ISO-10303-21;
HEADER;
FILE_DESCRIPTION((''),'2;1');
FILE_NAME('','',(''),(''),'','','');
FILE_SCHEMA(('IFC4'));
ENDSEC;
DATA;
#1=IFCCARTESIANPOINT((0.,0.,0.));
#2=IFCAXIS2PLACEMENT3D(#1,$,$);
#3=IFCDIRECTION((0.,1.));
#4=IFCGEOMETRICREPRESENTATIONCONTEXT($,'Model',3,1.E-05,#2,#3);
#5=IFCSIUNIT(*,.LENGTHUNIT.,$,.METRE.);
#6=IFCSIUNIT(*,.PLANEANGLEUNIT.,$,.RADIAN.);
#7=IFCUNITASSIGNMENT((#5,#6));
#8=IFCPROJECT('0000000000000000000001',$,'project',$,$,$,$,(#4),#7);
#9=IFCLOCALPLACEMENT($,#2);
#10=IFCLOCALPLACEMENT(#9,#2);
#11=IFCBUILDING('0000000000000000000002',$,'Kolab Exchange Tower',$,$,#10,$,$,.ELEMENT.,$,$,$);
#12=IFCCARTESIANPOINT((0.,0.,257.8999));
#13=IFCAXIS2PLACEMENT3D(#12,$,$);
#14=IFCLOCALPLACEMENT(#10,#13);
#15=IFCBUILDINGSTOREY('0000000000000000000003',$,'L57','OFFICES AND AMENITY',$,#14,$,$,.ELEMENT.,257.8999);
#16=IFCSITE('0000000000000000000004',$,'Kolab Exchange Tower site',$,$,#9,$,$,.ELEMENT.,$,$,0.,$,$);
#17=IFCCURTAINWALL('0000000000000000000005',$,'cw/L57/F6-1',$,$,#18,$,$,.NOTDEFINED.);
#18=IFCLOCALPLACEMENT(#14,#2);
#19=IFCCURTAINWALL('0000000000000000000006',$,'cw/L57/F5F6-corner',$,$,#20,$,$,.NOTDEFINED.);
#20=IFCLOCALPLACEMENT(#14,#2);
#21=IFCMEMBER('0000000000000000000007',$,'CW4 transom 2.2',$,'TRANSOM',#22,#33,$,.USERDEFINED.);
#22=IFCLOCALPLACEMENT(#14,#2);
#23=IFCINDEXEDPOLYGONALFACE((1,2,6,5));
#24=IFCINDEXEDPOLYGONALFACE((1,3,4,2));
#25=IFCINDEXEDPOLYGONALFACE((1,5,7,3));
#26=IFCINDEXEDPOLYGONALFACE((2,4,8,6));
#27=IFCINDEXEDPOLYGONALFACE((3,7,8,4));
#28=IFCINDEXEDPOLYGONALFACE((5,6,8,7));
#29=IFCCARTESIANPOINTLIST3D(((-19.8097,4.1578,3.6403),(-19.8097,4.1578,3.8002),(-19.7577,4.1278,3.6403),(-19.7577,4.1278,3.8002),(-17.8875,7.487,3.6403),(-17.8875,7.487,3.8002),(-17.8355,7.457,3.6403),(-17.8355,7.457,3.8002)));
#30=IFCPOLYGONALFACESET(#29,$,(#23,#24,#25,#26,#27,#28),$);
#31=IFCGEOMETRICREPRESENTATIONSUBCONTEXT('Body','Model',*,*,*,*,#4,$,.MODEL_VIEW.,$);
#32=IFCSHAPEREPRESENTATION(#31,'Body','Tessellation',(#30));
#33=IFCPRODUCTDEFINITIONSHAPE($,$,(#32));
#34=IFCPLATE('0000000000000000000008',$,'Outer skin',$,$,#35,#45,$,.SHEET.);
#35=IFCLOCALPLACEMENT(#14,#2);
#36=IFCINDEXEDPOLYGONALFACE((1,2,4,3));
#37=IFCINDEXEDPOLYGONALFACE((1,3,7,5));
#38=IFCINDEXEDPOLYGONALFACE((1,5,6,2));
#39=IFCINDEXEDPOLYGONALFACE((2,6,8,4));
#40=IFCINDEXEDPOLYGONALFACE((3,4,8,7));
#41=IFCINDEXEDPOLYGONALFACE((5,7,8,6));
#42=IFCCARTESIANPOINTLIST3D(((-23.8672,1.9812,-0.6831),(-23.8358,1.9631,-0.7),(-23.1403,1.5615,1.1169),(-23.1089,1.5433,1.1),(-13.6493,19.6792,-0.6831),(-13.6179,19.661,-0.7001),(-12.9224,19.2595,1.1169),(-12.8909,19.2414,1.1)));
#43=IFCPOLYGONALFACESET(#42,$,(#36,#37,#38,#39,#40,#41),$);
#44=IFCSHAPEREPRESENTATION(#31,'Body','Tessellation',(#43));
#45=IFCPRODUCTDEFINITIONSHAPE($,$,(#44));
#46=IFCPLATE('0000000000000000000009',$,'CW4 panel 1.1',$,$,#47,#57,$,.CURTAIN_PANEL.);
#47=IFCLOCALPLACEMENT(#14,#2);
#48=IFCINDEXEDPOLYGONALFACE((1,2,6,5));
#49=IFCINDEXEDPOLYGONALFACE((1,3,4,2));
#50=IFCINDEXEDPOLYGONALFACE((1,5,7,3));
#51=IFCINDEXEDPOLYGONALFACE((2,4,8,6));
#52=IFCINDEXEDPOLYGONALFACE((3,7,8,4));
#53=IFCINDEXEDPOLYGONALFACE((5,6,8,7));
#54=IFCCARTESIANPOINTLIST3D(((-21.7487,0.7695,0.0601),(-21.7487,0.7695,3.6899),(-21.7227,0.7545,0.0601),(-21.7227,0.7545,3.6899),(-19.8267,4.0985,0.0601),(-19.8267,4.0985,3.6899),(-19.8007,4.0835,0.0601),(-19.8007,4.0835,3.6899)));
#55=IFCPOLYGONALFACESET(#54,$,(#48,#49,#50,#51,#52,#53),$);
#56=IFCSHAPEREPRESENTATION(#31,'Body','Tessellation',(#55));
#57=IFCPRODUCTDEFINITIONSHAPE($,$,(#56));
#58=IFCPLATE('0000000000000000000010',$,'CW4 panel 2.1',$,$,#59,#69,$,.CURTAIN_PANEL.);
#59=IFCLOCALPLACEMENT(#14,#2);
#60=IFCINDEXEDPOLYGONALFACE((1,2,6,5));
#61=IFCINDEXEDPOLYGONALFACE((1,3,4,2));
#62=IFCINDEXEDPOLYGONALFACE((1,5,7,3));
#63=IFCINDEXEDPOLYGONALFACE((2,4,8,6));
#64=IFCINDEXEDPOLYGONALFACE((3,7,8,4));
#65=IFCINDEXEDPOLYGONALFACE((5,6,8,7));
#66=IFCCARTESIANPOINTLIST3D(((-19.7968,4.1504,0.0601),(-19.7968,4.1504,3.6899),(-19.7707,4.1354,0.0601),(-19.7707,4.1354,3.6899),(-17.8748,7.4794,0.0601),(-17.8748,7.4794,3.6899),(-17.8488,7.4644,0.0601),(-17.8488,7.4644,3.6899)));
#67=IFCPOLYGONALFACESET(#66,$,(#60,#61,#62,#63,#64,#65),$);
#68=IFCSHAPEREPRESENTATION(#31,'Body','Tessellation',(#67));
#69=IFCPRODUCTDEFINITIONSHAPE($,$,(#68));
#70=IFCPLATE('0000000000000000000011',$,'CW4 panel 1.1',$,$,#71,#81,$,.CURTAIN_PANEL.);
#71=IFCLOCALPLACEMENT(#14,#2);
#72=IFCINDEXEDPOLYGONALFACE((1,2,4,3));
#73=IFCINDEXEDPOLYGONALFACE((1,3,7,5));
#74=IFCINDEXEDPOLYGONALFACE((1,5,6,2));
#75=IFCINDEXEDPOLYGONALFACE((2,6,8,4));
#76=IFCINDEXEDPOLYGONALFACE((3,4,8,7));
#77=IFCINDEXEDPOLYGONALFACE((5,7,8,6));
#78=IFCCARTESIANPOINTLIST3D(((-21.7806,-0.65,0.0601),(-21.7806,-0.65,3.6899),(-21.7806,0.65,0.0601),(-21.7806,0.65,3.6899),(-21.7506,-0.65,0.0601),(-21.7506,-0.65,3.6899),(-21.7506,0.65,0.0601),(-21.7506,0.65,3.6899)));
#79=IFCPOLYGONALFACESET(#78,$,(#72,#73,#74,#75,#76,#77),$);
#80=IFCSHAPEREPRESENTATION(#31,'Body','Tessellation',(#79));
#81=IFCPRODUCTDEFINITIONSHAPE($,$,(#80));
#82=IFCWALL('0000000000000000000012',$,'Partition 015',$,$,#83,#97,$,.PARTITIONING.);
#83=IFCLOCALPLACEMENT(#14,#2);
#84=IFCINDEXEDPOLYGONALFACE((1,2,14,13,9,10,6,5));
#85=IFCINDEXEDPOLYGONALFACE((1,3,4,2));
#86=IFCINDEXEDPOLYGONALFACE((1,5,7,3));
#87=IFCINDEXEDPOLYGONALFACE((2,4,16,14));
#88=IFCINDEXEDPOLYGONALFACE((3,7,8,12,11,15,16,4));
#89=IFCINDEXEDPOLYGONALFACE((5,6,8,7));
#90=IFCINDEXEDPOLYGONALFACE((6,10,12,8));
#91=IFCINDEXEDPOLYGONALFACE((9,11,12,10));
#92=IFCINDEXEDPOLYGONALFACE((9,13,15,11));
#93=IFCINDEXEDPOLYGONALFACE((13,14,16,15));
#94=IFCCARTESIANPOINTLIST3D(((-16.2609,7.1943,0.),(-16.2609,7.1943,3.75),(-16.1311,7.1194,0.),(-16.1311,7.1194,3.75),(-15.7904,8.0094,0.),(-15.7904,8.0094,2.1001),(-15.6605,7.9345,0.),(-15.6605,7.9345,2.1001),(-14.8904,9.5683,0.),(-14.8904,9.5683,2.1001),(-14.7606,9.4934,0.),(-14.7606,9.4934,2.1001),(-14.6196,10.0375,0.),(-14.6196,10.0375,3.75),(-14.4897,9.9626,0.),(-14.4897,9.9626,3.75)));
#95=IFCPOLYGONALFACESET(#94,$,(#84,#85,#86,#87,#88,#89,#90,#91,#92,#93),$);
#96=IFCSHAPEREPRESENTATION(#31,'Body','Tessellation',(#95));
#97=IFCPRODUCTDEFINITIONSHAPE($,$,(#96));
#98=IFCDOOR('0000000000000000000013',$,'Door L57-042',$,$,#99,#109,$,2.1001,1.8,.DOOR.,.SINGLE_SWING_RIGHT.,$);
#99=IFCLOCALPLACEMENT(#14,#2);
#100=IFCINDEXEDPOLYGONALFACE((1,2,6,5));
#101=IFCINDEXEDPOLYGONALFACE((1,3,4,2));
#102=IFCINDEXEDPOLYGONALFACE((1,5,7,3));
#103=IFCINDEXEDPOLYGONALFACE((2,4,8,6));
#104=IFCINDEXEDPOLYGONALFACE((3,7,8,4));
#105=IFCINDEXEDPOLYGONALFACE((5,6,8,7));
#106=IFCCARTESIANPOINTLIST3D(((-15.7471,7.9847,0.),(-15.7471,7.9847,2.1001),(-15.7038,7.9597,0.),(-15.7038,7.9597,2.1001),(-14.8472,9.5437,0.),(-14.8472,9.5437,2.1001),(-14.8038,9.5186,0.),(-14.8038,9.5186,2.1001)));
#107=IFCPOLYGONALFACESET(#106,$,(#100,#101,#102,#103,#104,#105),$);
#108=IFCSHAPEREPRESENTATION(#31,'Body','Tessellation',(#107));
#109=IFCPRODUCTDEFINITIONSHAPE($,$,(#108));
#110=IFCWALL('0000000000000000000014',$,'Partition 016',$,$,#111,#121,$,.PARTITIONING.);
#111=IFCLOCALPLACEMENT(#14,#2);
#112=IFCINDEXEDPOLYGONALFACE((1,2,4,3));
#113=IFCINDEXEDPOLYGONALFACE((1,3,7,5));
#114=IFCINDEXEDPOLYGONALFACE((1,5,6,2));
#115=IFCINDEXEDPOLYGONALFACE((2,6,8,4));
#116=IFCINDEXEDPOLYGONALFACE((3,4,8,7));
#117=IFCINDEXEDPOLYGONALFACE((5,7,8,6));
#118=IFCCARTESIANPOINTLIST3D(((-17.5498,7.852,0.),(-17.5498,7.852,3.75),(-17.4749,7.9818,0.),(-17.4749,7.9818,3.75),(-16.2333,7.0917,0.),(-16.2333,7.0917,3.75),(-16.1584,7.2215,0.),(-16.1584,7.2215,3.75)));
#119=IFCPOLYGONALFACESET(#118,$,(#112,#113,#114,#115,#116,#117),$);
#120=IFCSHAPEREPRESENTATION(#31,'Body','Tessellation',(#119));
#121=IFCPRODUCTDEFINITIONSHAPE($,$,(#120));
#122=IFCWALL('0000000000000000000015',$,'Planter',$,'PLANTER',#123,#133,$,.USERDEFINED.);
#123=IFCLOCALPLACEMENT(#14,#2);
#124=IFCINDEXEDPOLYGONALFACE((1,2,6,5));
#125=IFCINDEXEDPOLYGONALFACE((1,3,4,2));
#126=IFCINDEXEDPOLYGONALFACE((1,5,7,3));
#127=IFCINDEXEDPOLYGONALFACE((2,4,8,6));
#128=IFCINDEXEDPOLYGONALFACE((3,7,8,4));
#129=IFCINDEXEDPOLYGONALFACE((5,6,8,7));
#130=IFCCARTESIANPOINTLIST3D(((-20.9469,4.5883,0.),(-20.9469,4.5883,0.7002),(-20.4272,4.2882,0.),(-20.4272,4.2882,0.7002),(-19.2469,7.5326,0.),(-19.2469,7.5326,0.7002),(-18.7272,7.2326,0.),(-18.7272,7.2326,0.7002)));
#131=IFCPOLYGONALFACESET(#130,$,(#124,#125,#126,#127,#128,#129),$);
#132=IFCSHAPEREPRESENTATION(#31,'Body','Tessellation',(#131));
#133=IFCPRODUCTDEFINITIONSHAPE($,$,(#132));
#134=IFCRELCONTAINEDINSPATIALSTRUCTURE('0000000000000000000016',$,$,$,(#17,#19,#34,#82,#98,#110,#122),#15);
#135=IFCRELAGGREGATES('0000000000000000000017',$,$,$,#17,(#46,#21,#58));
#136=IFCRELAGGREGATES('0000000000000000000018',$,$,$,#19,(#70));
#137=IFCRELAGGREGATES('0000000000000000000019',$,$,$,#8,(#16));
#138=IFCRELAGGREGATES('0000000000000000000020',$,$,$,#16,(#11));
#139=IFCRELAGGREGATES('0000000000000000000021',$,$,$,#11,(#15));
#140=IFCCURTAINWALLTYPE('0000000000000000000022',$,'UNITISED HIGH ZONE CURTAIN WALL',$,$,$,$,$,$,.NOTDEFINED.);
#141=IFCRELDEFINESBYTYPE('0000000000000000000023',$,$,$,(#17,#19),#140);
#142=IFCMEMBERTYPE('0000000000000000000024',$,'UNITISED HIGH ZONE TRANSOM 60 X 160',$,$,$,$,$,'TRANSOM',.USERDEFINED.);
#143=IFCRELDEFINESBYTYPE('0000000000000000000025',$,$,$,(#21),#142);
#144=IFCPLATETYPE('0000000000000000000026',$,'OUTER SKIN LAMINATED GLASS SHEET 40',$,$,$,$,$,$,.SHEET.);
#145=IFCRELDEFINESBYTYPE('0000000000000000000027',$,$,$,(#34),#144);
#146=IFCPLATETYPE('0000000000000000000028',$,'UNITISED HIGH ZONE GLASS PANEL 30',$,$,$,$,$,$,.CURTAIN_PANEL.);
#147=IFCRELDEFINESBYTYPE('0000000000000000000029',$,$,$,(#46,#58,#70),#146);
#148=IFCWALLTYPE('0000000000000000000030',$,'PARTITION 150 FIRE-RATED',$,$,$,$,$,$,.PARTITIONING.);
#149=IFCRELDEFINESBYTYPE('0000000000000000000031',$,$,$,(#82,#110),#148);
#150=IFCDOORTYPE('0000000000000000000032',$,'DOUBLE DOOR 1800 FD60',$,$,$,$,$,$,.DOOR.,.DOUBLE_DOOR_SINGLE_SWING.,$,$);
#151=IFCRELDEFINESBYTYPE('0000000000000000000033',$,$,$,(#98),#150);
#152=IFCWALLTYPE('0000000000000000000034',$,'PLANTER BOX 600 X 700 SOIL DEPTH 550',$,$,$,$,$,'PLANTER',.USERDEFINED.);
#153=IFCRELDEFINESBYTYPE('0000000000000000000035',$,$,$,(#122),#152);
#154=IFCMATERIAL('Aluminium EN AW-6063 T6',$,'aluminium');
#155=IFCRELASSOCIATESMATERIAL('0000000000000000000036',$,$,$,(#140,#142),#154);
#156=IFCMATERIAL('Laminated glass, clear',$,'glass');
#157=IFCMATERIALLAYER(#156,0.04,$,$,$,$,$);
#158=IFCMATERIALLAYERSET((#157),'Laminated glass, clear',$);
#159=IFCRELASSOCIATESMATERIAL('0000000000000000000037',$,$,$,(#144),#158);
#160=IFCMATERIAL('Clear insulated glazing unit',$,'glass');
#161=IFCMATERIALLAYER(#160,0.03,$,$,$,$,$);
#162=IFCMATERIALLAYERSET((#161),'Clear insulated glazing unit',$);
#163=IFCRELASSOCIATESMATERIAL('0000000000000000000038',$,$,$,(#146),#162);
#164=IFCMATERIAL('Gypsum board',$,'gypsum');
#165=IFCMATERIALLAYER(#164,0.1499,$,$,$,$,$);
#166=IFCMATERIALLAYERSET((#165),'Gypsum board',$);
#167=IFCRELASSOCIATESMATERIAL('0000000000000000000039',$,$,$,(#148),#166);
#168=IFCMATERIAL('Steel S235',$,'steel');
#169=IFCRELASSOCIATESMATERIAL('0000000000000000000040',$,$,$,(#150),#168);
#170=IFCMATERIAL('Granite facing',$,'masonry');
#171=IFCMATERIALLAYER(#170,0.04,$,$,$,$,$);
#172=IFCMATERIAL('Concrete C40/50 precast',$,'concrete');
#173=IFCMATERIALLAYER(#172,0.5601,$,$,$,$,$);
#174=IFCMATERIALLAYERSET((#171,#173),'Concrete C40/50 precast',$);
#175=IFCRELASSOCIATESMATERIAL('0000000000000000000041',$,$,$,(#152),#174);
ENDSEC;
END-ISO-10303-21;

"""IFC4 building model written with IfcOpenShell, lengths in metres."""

from ifc_helpers import new_model, si_unit, direction, frame, frame_2d, origin, origin_2d, place, context, subcontext, project, spatial, polyline, rectangle, outline, extrude, material, layer, layer_set, material_profile, profile_set, type_object, element, fill, aggregate, save


model = new_model("IFC4")

# Units and contexts
model_context = context("Model", 3, precision=1e-05, world=origin(), true_north=direction((0.0, 1.0)))
body_context = subcontext(model_context, "Body", "Model", "MODEL_VIEW")
ifc_project = project(units=[si_unit("LENGTHUNIT", "METRE"), si_unit("PLANEANGLEUNIT", "RADIAN")], contexts=[model_context])

# Site, building, storey
site_placement = place(None, origin())
site = spatial("IfcSite", under=ifc_project, at=site_placement, Name="Kolab Exchange Tower site", CompositionType="ELEMENT", RefElevation=0.0)
building_placement = place(site_placement, origin())
building = spatial("IfcBuilding", under=site, at=building_placement, Name="Kolab Exchange Tower", CompositionType="ELEMENT")
storey_placement = place(building_placement, frame((0.0, 0.0, 257.8999)))
storey = spatial("IfcBuildingStorey", under=building, at=storey_placement, Name="L57", Description="OFFICES AND AMENITY", CompositionType="ELEMENT", Elevation=257.8999)

# Curtain wall
ifc_material_1 = material(Name="Aluminium EN AW-6063 T6", Category="aluminium")
curtain_wall_type = type_object("IfcCurtainWallType", Name="UNITISED HIGH ZONE CURTAIN WALL", PredefinedType="NOTDEFINED", material=ifc_material_1)
curtain_wall_1_placement = place(storey_placement, origin())
curtain_wall_1 = element("IfcCurtainWall", 1, at=curtain_wall_1_placement, inside=storey, type_object=curtain_wall_type, Name="cw/L57/F6-1", PredefinedType="NOTDEFINED")

# Curtain wall
curtain_wall_2_placement = place(storey_placement, origin())
curtain_wall_2 = element("IfcCurtainWall", 2, at=curtain_wall_2_placement, inside=storey, type_object=curtain_wall_type, Name="cw/L57/F5F6-corner", PredefinedType="NOTDEFINED")

# Member
ifc_material_profile_1 = material_profile(ifc_material_1, rectangle(XDim=0.0601, YDim=0.1599, at=origin_2d()), Name="RECT 60X160")
ifc_profile_set_1 = profile_set([ifc_material_profile_1], Name="Aluminium EN AW-6063 T6")
member_type_1 = type_object("IfcMemberType", Name="UNITISED HIGH ZONE TRANSOM 60 X 160", ElementType="TRANSOM", PredefinedType="USERDEFINED", material=ifc_profile_set_1)
member_1_placement = place(storey_placement, frame((-19.7837, 4.1428, 3.7202), z_axis=(0.500012, 0.866018, 0.0), x_axis=(-0.866018, 0.500012, 0.0)))
member_1 = element("IfcMember", 3, at=member_1_placement, type_object=member_type_1, Name="CW4 transom 2.2", ObjectType="TRANSOM", PredefinedType="USERDEFINED", context=body_context, shape_type="SweptSolid", body=[
    extrude(rectangle(XDim=0.0601, YDim=0.1599, at=origin_2d()), origin(), (0.0, 0.0, 1.0), 3.8442),
])

# Plates
ifc_material_2 = material(Name="Laminated glass, clear", Category="glass")
ifc_layer_1 = layer(ifc_material_2, 0.04)
ifc_layer_set_1 = layer_set([ifc_layer_1], Name="Laminated glass, clear")
plate_type_1 = type_object("IfcPlateType", Name="OUTER SKIN LAMINATED GLASS SHEET 40", PredefinedType="SHEET", material=ifc_layer_set_1)
plate_1_placement = place(storey_placement, frame((-23.8672, 1.9812, -0.6831), z_axis=(-0.784886, 0.453152, 0.422619), x_axis=(0.499997, 0.866027, -0.000002)))
element("IfcPlate", 4, at=plate_1_placement, inside=storey, type_object=plate_type_1, Name="Outer skin", PredefinedType="SHEET", context=body_context, shape_type="SweptSolid", body=[
    extrude(outline(polyline([(0.0, 0.0), (20.4358, 0.0), (20.4359, -1.9862), (-0.0001, -1.9861), (0.0, 0.0)])), origin(), (0.0, 0.0, -1.0), 0.04),
])
ifc_material_3 = material(Name="Clear insulated glazing unit", Category="glass")
ifc_layer_2 = layer(ifc_material_3, 0.03)
ifc_layer_set_2 = layer_set([ifc_layer_2], Name="Clear insulated glazing unit")
plate_type_2 = type_object("IfcPlateType", Name="UNITISED HIGH ZONE GLASS PANEL 30", PredefinedType="CURTAIN_PANEL", material=ifc_layer_set_2)
plate_2_placement = place(storey_placement, frame((-20.7747, 2.4265, 0.0601), z_axis=(0.0, 0.0, 1.0), x_axis=(0.5, 0.866025, 0.0)))
plate_2 = element("IfcPlate", 5, at=plate_2_placement, type_object=plate_type_2, Name="CW4 panel 1.1", PredefinedType="CURTAIN_PANEL", context=body_context, shape_type="SweptSolid", body=[
    extrude(rectangle(XDim=3.844, YDim=0.03, at=origin_2d()), origin(), (0.0, 0.0, 1.0), 3.6299),
])
plate_3_placement = place(storey_placement, frame((-18.8228, 5.8074, 0.0601), z_axis=(0.0, 0.0, 1.0), x_axis=(0.5, 0.866025, 0.0)))
plate_3 = element("IfcPlate", 6, at=plate_3_placement, type_object=plate_type_2, Name="CW4 panel 2.1", PredefinedType="CURTAIN_PANEL", context=body_context, shape_type="SweptSolid", body=[
    extrude(rectangle(XDim=3.844, YDim=0.03, at=origin_2d()), origin(), (0.0, 0.0, 1.0), 3.6299),
])
aggregate(curtain_wall_1, [plate_2, member_1, plate_3])
plate_4_placement = place(storey_placement, frame((-21.7656, 0.0, 0.0601), z_axis=(0.0, 0.0, 1.0), x_axis=(0.0, 1.0, 0.0)))
plate_4 = element("IfcPlate", 7, at=plate_4_placement, type_object=plate_type_2, Name="CW4 panel 1.1", PredefinedType="CURTAIN_PANEL", context=body_context, shape_type="SweptSolid", body=[
    extrude(rectangle(XDim=1.3, YDim=0.03, at=origin_2d()), origin(), (0.0, 0.0, 1.0), 3.6299),
])
aggregate(curtain_wall_2, [plate_4])

# Wall, opening, door
ifc_material_4 = material(Name="Gypsum board", Category="gypsum")
ifc_layer_3 = layer(ifc_material_4, 0.1499)
ifc_layer_set_3 = layer_set([ifc_layer_3], Name="Gypsum board")
wall_type_1 = type_object("IfcWallType", Name="PARTITION 150 FIRE-RATED", PredefinedType="PARTITIONING", material=ifc_layer_set_3)
wall_1_placement = place(storey_placement, frame((-16.196, 7.1567, 0.0), z_axis=(0.0, 0.0, 1.0), x_axis=(0.499954, 0.866052, 0.0)))
wall_1 = element("IfcWall", 8, at=wall_1_placement, inside=storey, type_object=wall_type_1, Name="Partition 015", PredefinedType="PARTITIONING", context=body_context, shape_type="SweptSolid", body=[
    extrude(rectangle(XDim=3.283, YDim=0.1499, at=frame_2d((1.6416, 0.0))), origin(), (0.0, 0.0, 1.0), 3.75),
])
opening_1_placement = place(wall_1_placement, frame((0.9414, 0.0, 0.0)))
opening_1 = element("IfcOpeningElement", 9, at=opening_1_placement, cuts=wall_1, PredefinedType="OPENING", context=body_context, shape_type="SweptSolid", body=[
    extrude(rectangle(XDim=1.8, YDim=2.1001, at=frame_2d((0.8999, 1.05))), frame((0.0, 0.085, 0.0), z_axis=(0.0, -1.0, 0.0), x_axis=(1.0, 0.0, 0.0)), (0.0, 0.0, 1.0), 0.1699),
])
ifc_material_5 = material(Name="Steel S235", Category="steel")
door_type_1 = type_object("IfcDoorType", Name="DOUBLE DOOR 1800 FD60", OperationType="DOUBLE_DOOR_SINGLE_SWING", PredefinedType="DOOR", material=ifc_material_5)
door_1_placement = place(opening_1_placement, frame((1.8, 0.0, 0.0), z_axis=(0.0, 0.0, 1.0), x_axis=(-1.0, 0.0, 0.0)))
door_1 = element("IfcDoor", 10, at=door_1_placement, inside=storey, type_object=door_type_1, Name="Door L57-042", OperationType="SINGLE_SWING_RIGHT", OverallHeight=2.1001, OverallWidth=1.8, PredefinedType="DOOR", context=body_context, shape_type="SweptSolid", body=[
    extrude(rectangle(XDim=1.8, YDim=2.1001, at=frame_2d((0.8999, 1.05))), frame((0.0, 0.0249, 0.0), z_axis=(0.0, -1.0, 0.0), x_axis=(1.0, 0.0, 0.0)), (0.0, 0.0, 1.0), 0.05),
])
fill(opening_1, door_1)

# Walls
wall_2_placement = place(storey_placement, frame((-17.5125, 7.917, 0.0), z_axis=(0.0, 0.0, 1.0), x_axis=(0.865961, -0.500112, 0.0)))
element("IfcWall", 11, at=wall_2_placement, inside=storey, type_object=wall_type_1, Name="Partition 016", PredefinedType="PARTITIONING", context=body_context, shape_type="SweptSolid", body=[
    extrude(rectangle(XDim=1.5203, YDim=0.1499, at=frame_2d((0.7603, 0.0))), origin(), (0.0, 0.0, 1.0), 3.75),
])
ifc_material_6 = material(Name="Granite facing", Category="masonry")
ifc_layer_4 = layer(ifc_material_6, 0.04)
ifc_material_7 = material(Name="Concrete C40/50 precast", Category="concrete")
ifc_layer_5 = layer(ifc_material_7, 0.5601)
ifc_layer_set_4 = layer_set([ifc_layer_4, ifc_layer_5], Name="Concrete C40/50 precast")
wall_type_2 = type_object("IfcWallType", Name="PLANTER BOX 600 X 700 SOIL DEPTH 550", ElementType="PLANTER", PredefinedType="USERDEFINED", material=ifc_layer_set_4)
wall_3_placement = place(storey_placement, frame((-20.687, 4.4382, 0.0), z_axis=(0.0, 0.0, 1.0), x_axis=(0.500008, 0.866021, 0.0)))
element("IfcWall", 12, at=wall_3_placement, inside=storey, type_object=wall_type_2, Name="Planter", ObjectType="PLANTER", PredefinedType="USERDEFINED", context=body_context, shape_type="SweptSolid", body=[
    extrude(rectangle(XDim=3.3999, YDim=0.6001, at=frame_2d((1.7, 0.0))), origin(), (0.0, 0.0, 1.0), 0.7002),
])

save(model, "model.ifc")
